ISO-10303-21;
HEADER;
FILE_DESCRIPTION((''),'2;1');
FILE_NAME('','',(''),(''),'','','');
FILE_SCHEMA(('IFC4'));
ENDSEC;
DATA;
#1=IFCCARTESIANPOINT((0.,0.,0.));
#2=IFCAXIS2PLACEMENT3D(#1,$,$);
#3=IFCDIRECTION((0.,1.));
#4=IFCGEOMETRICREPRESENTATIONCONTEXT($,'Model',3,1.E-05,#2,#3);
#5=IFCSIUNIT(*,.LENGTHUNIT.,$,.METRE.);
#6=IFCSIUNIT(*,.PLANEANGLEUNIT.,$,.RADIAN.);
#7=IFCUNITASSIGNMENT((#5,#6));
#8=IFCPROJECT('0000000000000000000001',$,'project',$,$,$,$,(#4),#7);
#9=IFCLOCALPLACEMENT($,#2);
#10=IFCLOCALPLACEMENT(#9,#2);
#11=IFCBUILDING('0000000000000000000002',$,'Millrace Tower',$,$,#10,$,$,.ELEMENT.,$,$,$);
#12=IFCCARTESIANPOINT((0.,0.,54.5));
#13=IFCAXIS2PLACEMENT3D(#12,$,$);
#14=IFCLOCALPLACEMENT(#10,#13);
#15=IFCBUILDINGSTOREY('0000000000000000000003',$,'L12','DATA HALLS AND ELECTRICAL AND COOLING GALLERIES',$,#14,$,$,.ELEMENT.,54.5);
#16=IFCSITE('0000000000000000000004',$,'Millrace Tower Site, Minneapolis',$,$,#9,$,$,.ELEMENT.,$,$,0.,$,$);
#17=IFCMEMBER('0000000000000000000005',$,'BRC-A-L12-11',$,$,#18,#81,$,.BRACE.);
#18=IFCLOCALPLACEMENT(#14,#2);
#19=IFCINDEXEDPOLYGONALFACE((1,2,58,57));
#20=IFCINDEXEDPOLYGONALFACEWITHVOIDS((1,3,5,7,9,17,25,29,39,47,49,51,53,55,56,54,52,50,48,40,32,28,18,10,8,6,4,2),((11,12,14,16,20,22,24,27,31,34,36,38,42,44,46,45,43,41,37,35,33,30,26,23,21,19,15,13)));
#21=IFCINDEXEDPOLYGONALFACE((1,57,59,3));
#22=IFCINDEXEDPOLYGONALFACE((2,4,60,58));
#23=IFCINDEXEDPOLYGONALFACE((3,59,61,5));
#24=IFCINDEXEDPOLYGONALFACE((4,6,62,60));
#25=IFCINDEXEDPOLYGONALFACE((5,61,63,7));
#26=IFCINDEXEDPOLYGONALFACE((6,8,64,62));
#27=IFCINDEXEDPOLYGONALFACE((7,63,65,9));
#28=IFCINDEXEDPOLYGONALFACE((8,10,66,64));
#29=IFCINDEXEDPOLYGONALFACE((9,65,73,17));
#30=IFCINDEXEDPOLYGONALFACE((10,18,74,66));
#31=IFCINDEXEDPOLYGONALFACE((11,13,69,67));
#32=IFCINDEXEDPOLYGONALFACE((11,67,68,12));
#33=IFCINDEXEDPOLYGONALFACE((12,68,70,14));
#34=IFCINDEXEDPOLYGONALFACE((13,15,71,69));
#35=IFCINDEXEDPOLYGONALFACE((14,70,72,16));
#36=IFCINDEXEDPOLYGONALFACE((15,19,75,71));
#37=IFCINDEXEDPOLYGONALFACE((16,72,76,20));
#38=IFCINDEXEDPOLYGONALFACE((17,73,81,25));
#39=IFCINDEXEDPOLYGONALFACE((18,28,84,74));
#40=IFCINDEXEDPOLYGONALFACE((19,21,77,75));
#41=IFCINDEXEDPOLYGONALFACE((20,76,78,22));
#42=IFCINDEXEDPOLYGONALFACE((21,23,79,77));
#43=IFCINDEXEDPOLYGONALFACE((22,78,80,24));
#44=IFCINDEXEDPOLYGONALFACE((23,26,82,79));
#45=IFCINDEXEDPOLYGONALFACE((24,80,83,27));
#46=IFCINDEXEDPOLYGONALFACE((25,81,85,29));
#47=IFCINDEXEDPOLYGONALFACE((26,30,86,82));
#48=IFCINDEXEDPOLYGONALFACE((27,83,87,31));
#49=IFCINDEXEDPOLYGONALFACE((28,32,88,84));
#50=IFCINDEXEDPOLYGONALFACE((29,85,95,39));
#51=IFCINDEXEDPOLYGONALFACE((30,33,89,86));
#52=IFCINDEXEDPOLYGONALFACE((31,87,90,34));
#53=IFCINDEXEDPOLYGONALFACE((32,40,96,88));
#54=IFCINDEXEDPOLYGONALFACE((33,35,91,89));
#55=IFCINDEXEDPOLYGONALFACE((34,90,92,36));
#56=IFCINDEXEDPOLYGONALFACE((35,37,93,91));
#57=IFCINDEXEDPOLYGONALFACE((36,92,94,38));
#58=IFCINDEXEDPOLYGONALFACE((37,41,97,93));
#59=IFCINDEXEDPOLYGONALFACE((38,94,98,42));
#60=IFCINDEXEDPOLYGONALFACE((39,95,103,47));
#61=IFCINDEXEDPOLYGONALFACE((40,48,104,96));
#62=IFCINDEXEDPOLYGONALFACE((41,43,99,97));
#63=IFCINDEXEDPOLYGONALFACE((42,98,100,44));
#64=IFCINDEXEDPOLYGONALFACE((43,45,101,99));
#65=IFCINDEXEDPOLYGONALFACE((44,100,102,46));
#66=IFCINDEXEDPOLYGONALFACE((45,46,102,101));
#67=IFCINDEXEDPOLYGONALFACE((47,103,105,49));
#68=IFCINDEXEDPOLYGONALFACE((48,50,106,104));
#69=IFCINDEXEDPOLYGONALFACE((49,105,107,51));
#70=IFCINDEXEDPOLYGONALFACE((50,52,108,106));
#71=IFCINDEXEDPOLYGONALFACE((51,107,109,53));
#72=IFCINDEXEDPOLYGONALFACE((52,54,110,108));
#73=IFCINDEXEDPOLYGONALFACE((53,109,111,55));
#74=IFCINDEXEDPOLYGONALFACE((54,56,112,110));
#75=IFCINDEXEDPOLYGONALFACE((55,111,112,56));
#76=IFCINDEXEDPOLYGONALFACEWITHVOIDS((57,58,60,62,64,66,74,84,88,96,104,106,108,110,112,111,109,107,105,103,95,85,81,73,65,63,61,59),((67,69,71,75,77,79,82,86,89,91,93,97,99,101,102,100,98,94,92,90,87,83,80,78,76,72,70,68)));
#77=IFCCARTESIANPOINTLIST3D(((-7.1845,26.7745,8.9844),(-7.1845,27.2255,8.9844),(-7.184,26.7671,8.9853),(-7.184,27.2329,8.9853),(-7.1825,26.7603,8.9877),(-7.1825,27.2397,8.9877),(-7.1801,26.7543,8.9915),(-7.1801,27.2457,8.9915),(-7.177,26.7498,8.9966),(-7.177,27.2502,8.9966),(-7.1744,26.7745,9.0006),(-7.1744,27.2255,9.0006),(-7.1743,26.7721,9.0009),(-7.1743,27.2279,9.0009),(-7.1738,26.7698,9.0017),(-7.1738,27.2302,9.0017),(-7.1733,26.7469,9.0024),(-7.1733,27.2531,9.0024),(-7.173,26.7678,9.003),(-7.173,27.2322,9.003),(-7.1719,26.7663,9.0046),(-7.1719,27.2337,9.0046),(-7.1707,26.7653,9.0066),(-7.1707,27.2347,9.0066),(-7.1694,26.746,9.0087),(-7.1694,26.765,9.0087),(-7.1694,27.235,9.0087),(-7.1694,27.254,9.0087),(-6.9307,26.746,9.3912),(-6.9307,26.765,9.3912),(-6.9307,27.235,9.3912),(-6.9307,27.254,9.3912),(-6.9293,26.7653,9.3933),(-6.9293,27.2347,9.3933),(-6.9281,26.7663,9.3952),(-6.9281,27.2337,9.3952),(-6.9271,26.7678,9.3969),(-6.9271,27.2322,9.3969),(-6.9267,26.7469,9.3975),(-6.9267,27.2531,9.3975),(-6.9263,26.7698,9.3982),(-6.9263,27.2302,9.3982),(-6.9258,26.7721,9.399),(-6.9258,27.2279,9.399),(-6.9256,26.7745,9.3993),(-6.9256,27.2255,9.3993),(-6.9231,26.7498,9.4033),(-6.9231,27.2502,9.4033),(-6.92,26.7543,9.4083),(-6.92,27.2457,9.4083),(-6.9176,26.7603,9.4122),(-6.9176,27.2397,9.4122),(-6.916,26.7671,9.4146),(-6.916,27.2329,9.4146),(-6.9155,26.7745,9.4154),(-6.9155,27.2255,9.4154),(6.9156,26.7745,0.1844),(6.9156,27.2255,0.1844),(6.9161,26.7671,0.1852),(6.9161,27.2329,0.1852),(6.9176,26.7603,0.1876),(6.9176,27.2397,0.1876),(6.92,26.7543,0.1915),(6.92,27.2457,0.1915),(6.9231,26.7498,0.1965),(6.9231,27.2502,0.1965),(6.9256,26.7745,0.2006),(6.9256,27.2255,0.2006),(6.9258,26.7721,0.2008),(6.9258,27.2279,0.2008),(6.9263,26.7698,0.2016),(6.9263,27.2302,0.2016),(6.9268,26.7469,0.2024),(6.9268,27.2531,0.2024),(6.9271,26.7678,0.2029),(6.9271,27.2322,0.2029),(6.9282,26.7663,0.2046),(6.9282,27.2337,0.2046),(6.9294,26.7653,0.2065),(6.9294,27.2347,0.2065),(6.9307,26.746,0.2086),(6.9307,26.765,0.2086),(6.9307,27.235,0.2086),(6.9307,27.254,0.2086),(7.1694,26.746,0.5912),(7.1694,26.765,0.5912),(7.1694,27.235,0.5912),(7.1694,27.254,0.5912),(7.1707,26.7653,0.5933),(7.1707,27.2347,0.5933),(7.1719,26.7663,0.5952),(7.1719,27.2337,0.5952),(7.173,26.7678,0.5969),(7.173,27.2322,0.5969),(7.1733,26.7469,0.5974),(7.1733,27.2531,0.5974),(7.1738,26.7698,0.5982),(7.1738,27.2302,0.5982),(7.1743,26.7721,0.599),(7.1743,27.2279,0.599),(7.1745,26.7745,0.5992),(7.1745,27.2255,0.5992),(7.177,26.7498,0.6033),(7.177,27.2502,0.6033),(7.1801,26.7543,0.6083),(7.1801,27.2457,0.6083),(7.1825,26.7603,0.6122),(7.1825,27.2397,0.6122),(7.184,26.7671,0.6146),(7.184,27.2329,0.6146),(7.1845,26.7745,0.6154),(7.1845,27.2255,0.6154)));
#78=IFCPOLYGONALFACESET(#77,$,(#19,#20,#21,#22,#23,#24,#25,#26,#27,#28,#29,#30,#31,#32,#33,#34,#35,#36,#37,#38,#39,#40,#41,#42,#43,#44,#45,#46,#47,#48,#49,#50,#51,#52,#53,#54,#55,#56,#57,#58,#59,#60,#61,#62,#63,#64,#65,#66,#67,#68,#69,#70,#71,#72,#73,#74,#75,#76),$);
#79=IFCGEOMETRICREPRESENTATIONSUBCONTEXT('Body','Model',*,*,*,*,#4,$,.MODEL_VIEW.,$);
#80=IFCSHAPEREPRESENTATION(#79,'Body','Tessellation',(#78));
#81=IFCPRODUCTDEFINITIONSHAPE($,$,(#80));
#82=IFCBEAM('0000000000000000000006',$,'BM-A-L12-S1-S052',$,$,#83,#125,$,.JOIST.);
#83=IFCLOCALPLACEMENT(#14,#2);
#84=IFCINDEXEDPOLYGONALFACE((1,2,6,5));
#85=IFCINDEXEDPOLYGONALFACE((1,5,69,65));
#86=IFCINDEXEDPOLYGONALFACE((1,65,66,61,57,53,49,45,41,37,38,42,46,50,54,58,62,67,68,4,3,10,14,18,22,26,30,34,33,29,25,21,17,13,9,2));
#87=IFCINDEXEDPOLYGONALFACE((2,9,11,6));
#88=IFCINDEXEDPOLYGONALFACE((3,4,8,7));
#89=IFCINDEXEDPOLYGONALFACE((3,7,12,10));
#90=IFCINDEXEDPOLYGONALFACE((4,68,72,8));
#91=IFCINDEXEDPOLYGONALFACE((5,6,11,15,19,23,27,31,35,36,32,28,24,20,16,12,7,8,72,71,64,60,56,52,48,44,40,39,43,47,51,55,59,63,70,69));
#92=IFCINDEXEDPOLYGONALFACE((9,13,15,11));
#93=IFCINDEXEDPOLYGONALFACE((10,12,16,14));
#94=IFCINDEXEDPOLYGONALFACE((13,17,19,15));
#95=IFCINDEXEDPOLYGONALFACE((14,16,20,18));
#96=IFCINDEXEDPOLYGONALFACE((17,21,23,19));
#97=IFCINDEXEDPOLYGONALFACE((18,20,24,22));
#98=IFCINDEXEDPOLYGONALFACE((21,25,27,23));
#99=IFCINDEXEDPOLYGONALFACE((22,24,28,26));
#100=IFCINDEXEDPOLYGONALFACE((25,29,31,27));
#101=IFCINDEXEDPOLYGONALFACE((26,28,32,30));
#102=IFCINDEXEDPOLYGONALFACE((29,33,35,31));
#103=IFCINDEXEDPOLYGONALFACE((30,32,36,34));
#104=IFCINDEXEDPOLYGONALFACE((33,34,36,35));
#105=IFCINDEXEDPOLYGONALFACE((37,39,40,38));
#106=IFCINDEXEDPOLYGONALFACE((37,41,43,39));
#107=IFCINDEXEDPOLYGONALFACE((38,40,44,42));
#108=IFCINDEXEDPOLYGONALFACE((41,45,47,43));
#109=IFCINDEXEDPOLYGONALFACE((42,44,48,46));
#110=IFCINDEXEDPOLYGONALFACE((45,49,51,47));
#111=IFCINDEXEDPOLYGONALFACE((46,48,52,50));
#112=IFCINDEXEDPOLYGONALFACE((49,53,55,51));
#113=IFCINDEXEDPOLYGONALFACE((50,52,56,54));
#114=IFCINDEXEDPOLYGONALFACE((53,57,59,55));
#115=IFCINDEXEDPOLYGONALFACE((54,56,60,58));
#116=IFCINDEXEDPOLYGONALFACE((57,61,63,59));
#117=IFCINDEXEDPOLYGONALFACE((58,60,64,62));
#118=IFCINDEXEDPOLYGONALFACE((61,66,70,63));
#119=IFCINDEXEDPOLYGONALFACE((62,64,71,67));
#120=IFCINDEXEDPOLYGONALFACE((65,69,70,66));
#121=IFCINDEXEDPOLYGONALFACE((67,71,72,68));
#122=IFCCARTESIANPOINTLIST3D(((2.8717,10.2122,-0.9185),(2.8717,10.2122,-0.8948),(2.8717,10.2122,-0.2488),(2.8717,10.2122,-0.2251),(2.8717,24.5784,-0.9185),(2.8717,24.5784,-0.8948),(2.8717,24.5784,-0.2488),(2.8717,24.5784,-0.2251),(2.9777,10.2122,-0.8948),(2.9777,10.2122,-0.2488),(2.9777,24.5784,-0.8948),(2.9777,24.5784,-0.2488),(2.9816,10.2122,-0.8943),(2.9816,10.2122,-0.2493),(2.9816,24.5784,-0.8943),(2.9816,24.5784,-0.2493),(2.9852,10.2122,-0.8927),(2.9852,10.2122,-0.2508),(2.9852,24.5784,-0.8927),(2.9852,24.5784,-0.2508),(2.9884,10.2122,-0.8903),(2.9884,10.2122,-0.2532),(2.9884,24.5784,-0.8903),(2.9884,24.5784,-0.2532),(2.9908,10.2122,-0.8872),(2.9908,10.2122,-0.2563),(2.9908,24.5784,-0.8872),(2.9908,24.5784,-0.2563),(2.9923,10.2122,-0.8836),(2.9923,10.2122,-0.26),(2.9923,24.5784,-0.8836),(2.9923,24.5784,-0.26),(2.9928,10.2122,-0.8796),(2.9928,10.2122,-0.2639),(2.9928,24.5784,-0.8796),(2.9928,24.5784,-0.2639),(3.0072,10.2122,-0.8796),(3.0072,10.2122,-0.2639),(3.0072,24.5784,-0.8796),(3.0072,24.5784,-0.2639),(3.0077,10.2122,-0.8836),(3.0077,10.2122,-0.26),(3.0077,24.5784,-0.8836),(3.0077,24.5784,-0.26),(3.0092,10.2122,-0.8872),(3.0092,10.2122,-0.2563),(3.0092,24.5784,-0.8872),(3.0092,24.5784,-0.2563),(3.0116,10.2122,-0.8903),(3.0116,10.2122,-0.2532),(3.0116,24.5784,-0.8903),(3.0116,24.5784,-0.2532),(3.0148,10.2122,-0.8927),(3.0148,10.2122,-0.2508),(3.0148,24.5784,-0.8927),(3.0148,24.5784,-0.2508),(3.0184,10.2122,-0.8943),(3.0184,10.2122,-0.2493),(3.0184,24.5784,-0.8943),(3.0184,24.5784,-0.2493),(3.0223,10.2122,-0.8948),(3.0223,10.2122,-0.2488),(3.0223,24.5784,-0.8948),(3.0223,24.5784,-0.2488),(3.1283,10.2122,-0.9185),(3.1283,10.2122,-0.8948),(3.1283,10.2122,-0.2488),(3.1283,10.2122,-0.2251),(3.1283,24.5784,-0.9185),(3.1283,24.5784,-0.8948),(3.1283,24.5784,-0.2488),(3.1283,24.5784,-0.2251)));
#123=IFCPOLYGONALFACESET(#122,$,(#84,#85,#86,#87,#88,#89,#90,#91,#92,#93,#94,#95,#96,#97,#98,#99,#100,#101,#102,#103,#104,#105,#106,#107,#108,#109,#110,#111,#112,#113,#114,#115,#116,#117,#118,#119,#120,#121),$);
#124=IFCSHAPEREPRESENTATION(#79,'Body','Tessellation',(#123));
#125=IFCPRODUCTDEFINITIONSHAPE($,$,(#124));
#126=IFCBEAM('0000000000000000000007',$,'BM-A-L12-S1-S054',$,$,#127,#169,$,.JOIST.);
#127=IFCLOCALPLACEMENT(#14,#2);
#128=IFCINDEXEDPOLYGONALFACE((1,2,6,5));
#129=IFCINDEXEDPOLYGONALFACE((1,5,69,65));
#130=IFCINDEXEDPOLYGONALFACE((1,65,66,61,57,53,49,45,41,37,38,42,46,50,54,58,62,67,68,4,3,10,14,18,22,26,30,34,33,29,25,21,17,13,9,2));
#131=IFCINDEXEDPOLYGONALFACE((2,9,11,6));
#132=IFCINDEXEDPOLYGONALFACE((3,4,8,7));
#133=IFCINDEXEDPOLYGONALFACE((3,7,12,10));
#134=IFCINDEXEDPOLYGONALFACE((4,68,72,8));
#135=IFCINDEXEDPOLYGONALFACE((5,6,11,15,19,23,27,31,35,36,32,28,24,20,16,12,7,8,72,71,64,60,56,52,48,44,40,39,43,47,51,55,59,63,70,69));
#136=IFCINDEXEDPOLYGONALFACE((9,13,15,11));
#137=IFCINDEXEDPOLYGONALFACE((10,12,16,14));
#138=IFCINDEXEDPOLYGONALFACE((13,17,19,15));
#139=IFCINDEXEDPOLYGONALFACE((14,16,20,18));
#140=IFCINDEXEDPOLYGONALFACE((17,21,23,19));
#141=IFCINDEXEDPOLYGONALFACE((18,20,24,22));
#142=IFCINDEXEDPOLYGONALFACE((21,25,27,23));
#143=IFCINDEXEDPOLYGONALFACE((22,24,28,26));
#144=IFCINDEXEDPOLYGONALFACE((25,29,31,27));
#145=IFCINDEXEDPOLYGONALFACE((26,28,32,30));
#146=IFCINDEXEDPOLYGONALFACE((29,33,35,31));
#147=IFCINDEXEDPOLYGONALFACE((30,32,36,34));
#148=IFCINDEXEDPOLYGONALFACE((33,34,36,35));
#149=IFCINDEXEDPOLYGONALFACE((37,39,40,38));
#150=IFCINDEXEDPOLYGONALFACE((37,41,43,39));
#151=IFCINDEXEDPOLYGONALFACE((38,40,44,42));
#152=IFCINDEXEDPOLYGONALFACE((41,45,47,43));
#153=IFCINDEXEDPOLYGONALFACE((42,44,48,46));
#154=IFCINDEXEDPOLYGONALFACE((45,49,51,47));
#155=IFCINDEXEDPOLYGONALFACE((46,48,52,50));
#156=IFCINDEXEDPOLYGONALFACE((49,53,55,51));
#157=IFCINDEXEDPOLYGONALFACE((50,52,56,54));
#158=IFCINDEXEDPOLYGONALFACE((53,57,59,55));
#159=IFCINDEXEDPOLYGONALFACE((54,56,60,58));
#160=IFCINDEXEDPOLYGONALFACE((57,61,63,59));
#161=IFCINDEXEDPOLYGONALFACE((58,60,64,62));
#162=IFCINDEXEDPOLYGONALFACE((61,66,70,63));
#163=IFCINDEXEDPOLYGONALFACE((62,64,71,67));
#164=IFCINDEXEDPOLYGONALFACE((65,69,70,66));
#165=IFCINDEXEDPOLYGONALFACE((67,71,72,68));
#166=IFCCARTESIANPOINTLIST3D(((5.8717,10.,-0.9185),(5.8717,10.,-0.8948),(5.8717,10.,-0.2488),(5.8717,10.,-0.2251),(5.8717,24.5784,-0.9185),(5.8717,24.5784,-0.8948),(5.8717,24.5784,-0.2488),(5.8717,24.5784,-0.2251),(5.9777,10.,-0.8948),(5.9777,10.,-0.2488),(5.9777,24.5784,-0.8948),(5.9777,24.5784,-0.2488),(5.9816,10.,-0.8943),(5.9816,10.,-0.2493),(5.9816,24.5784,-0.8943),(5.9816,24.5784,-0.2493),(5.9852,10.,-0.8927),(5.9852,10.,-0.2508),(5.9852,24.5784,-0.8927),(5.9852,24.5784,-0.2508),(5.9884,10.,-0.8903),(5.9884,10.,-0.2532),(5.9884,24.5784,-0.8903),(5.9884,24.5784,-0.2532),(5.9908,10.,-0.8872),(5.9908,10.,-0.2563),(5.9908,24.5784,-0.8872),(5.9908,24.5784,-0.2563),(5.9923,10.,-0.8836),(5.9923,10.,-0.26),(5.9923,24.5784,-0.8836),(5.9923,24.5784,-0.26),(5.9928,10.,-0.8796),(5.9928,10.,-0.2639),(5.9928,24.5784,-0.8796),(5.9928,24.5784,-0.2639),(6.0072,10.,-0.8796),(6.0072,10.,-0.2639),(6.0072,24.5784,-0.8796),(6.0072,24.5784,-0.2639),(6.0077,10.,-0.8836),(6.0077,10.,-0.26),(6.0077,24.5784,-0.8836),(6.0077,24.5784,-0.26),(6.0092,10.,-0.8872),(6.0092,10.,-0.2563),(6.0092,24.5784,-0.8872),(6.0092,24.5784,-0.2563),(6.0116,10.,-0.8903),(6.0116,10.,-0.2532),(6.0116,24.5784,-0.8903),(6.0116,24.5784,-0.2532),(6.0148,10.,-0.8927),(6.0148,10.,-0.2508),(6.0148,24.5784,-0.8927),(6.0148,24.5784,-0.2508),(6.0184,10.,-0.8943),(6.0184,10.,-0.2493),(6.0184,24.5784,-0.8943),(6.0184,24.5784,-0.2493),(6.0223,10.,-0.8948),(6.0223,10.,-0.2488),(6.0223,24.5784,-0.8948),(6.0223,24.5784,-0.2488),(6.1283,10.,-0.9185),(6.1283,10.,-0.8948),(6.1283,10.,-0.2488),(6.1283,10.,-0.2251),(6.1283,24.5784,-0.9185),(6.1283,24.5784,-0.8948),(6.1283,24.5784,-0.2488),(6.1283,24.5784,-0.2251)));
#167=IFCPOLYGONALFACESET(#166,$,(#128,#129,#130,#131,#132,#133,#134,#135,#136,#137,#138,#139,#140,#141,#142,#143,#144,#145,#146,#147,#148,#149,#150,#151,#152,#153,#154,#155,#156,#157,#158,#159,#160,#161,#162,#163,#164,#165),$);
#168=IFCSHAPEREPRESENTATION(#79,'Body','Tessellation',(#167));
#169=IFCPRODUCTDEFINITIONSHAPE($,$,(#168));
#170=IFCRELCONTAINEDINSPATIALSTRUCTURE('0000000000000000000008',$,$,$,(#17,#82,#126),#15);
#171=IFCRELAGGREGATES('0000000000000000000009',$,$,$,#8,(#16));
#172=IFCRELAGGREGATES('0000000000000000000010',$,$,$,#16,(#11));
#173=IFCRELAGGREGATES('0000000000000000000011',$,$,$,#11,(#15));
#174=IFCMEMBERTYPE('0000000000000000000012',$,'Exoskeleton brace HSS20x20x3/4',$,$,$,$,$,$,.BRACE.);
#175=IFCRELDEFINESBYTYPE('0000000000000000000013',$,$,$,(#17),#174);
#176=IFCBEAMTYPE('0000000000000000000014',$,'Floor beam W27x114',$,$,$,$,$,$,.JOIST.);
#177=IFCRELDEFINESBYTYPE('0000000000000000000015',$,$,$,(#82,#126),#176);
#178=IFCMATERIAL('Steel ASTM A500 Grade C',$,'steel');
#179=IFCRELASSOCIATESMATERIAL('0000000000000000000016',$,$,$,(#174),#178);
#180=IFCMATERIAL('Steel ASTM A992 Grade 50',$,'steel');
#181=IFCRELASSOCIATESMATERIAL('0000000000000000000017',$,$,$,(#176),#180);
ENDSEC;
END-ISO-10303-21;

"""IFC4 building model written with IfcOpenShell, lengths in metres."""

from ifc_helpers import new_model, si_unit, direction, frame, origin, origin_2d, place, context, subcontext, project, spatial, hollow_rectangle, i_section, extrude, material, material_profile, profile_set, type_object, element, save


model = new_model("IFC4")

# Units and contexts
model_context = context("Model", 3, precision=1e-05, world=origin(), true_north=direction((0.0, 1.0)))
body_context = subcontext(model_context, "Body", "Model", "MODEL_VIEW")
ifc_project = project(units=[si_unit("LENGTHUNIT", "METRE"), si_unit("PLANEANGLEUNIT", "RADIAN")], contexts=[model_context])

# Site, building, storey
site_placement = place(None, origin())
site = spatial("IfcSite", under=ifc_project, at=site_placement, Name="Millrace Tower Site, Minneapolis", CompositionType="ELEMENT", RefElevation=0.0)
building_placement = place(site_placement, origin())
building = spatial("IfcBuilding", under=site, at=building_placement, Name="Millrace Tower", CompositionType="ELEMENT")
storey_placement = place(building_placement, frame((0.0, 0.0, 54.5)))
storey = spatial("IfcBuildingStorey", under=building, at=storey_placement, Name="L12", Description="DATA HALLS AND ELECTRICAL AND COOLING GALLERIES", CompositionType="ELEMENT", Elevation=54.5)

# Member
ifc_material_1 = material(Name="Steel ASTM A500 Grade C", Category="steel")
ifc_material_profile_1 = material_profile(ifc_material_1, hollow_rectangle(XDim=0.5081, YDim=0.5081, WallThickness=0.019, InnerFilletRadius=0.0095, OuterFilletRadius=0.0286, at=origin_2d()))
ifc_profile_set_1 = profile_set([ifc_material_profile_1], Name="Steel ASTM A500 Grade C")
member_type_1 = type_object("IfcMemberType", Name="Exoskeleton brace HSS20x20x3/4", PredefinedType="BRACE", material=ifc_profile_set_1)
member_1_placement = place(storey_placement, frame((7.05, 27.0, 0.3999), z_axis=(-0.848336, 0.0, 0.529457), x_axis=(0.0, -1.0, 0.0)))
element("IfcMember", 1, at=member_1_placement, inside=storey, type_object=member_type_1, Name="BRC-A-L12-11", PredefinedType="BRACE", context=body_context, shape_type="SweptSolid", body=[
    extrude(hollow_rectangle(XDim=0.5081, YDim=0.5081, WallThickness=0.019, InnerFilletRadius=0.0095, OuterFilletRadius=0.0286, at=origin_2d()), origin(), (0.0, 0.0, 1.0), 16.6208),
])

# Beams
ifc_material_2 = material(Name="Steel ASTM A992 Grade 50", Category="steel")
ifc_material_profile_2 = material_profile(ifc_material_2, i_section(OverallWidth=0.2566, OverallDepth=0.6934, WebThickness=0.0144, FlangeThickness=0.0237, FilletRadius=0.0151, at=origin_2d()))
ifc_profile_set_2 = profile_set([ifc_material_profile_2], Name="Steel ASTM A992 Grade 50")
beam_type_1 = type_object("IfcBeamType", Name="Floor beam W27x114", PredefinedType="JOIST", material=ifc_profile_set_2)
beam_1_placement = place(storey_placement, frame((3.0, 10.2122, -0.5718), z_axis=(0.0, 1.0, 0.0), x_axis=(-1.0, 0.0, 0.0)))
element("IfcBeam", 2, at=beam_1_placement, inside=storey, type_object=beam_type_1, Name="BM-A-L12-S1-S052", PredefinedType="JOIST", context=body_context, shape_type="SweptSolid", body=[
    extrude(i_section(OverallWidth=0.2566, OverallDepth=0.6934, WebThickness=0.0144, FlangeThickness=0.0237, FilletRadius=0.0151, at=origin_2d()), origin(), (0.0, 0.0, 1.0), 14.3662),
])
for number, where, z_axis, x_axis, name in (
    (3, (6.0, 10.0, -0.5718), (0.0, 1.0, 0.0), (-1.0, 0.0, 0.0), "BM-A-L12-S1-S054"),
):
    element("IfcBeam", number, at=place(storey_placement, frame(where, z_axis=z_axis, x_axis=x_axis)), inside=storey, type_object=beam_type_1, Name=name, PredefinedType="JOIST", context=body_context, shape_type="SweptSolid", body=[
        extrude(i_section(OverallWidth=0.2566, OverallDepth=0.6934, WebThickness=0.0144, FlangeThickness=0.0237, FilletRadius=0.0151, at=origin_2d()), origin(), (0.0, 0.0, 1.0), 14.5784),
    ])

save(model, "model.ifc")
